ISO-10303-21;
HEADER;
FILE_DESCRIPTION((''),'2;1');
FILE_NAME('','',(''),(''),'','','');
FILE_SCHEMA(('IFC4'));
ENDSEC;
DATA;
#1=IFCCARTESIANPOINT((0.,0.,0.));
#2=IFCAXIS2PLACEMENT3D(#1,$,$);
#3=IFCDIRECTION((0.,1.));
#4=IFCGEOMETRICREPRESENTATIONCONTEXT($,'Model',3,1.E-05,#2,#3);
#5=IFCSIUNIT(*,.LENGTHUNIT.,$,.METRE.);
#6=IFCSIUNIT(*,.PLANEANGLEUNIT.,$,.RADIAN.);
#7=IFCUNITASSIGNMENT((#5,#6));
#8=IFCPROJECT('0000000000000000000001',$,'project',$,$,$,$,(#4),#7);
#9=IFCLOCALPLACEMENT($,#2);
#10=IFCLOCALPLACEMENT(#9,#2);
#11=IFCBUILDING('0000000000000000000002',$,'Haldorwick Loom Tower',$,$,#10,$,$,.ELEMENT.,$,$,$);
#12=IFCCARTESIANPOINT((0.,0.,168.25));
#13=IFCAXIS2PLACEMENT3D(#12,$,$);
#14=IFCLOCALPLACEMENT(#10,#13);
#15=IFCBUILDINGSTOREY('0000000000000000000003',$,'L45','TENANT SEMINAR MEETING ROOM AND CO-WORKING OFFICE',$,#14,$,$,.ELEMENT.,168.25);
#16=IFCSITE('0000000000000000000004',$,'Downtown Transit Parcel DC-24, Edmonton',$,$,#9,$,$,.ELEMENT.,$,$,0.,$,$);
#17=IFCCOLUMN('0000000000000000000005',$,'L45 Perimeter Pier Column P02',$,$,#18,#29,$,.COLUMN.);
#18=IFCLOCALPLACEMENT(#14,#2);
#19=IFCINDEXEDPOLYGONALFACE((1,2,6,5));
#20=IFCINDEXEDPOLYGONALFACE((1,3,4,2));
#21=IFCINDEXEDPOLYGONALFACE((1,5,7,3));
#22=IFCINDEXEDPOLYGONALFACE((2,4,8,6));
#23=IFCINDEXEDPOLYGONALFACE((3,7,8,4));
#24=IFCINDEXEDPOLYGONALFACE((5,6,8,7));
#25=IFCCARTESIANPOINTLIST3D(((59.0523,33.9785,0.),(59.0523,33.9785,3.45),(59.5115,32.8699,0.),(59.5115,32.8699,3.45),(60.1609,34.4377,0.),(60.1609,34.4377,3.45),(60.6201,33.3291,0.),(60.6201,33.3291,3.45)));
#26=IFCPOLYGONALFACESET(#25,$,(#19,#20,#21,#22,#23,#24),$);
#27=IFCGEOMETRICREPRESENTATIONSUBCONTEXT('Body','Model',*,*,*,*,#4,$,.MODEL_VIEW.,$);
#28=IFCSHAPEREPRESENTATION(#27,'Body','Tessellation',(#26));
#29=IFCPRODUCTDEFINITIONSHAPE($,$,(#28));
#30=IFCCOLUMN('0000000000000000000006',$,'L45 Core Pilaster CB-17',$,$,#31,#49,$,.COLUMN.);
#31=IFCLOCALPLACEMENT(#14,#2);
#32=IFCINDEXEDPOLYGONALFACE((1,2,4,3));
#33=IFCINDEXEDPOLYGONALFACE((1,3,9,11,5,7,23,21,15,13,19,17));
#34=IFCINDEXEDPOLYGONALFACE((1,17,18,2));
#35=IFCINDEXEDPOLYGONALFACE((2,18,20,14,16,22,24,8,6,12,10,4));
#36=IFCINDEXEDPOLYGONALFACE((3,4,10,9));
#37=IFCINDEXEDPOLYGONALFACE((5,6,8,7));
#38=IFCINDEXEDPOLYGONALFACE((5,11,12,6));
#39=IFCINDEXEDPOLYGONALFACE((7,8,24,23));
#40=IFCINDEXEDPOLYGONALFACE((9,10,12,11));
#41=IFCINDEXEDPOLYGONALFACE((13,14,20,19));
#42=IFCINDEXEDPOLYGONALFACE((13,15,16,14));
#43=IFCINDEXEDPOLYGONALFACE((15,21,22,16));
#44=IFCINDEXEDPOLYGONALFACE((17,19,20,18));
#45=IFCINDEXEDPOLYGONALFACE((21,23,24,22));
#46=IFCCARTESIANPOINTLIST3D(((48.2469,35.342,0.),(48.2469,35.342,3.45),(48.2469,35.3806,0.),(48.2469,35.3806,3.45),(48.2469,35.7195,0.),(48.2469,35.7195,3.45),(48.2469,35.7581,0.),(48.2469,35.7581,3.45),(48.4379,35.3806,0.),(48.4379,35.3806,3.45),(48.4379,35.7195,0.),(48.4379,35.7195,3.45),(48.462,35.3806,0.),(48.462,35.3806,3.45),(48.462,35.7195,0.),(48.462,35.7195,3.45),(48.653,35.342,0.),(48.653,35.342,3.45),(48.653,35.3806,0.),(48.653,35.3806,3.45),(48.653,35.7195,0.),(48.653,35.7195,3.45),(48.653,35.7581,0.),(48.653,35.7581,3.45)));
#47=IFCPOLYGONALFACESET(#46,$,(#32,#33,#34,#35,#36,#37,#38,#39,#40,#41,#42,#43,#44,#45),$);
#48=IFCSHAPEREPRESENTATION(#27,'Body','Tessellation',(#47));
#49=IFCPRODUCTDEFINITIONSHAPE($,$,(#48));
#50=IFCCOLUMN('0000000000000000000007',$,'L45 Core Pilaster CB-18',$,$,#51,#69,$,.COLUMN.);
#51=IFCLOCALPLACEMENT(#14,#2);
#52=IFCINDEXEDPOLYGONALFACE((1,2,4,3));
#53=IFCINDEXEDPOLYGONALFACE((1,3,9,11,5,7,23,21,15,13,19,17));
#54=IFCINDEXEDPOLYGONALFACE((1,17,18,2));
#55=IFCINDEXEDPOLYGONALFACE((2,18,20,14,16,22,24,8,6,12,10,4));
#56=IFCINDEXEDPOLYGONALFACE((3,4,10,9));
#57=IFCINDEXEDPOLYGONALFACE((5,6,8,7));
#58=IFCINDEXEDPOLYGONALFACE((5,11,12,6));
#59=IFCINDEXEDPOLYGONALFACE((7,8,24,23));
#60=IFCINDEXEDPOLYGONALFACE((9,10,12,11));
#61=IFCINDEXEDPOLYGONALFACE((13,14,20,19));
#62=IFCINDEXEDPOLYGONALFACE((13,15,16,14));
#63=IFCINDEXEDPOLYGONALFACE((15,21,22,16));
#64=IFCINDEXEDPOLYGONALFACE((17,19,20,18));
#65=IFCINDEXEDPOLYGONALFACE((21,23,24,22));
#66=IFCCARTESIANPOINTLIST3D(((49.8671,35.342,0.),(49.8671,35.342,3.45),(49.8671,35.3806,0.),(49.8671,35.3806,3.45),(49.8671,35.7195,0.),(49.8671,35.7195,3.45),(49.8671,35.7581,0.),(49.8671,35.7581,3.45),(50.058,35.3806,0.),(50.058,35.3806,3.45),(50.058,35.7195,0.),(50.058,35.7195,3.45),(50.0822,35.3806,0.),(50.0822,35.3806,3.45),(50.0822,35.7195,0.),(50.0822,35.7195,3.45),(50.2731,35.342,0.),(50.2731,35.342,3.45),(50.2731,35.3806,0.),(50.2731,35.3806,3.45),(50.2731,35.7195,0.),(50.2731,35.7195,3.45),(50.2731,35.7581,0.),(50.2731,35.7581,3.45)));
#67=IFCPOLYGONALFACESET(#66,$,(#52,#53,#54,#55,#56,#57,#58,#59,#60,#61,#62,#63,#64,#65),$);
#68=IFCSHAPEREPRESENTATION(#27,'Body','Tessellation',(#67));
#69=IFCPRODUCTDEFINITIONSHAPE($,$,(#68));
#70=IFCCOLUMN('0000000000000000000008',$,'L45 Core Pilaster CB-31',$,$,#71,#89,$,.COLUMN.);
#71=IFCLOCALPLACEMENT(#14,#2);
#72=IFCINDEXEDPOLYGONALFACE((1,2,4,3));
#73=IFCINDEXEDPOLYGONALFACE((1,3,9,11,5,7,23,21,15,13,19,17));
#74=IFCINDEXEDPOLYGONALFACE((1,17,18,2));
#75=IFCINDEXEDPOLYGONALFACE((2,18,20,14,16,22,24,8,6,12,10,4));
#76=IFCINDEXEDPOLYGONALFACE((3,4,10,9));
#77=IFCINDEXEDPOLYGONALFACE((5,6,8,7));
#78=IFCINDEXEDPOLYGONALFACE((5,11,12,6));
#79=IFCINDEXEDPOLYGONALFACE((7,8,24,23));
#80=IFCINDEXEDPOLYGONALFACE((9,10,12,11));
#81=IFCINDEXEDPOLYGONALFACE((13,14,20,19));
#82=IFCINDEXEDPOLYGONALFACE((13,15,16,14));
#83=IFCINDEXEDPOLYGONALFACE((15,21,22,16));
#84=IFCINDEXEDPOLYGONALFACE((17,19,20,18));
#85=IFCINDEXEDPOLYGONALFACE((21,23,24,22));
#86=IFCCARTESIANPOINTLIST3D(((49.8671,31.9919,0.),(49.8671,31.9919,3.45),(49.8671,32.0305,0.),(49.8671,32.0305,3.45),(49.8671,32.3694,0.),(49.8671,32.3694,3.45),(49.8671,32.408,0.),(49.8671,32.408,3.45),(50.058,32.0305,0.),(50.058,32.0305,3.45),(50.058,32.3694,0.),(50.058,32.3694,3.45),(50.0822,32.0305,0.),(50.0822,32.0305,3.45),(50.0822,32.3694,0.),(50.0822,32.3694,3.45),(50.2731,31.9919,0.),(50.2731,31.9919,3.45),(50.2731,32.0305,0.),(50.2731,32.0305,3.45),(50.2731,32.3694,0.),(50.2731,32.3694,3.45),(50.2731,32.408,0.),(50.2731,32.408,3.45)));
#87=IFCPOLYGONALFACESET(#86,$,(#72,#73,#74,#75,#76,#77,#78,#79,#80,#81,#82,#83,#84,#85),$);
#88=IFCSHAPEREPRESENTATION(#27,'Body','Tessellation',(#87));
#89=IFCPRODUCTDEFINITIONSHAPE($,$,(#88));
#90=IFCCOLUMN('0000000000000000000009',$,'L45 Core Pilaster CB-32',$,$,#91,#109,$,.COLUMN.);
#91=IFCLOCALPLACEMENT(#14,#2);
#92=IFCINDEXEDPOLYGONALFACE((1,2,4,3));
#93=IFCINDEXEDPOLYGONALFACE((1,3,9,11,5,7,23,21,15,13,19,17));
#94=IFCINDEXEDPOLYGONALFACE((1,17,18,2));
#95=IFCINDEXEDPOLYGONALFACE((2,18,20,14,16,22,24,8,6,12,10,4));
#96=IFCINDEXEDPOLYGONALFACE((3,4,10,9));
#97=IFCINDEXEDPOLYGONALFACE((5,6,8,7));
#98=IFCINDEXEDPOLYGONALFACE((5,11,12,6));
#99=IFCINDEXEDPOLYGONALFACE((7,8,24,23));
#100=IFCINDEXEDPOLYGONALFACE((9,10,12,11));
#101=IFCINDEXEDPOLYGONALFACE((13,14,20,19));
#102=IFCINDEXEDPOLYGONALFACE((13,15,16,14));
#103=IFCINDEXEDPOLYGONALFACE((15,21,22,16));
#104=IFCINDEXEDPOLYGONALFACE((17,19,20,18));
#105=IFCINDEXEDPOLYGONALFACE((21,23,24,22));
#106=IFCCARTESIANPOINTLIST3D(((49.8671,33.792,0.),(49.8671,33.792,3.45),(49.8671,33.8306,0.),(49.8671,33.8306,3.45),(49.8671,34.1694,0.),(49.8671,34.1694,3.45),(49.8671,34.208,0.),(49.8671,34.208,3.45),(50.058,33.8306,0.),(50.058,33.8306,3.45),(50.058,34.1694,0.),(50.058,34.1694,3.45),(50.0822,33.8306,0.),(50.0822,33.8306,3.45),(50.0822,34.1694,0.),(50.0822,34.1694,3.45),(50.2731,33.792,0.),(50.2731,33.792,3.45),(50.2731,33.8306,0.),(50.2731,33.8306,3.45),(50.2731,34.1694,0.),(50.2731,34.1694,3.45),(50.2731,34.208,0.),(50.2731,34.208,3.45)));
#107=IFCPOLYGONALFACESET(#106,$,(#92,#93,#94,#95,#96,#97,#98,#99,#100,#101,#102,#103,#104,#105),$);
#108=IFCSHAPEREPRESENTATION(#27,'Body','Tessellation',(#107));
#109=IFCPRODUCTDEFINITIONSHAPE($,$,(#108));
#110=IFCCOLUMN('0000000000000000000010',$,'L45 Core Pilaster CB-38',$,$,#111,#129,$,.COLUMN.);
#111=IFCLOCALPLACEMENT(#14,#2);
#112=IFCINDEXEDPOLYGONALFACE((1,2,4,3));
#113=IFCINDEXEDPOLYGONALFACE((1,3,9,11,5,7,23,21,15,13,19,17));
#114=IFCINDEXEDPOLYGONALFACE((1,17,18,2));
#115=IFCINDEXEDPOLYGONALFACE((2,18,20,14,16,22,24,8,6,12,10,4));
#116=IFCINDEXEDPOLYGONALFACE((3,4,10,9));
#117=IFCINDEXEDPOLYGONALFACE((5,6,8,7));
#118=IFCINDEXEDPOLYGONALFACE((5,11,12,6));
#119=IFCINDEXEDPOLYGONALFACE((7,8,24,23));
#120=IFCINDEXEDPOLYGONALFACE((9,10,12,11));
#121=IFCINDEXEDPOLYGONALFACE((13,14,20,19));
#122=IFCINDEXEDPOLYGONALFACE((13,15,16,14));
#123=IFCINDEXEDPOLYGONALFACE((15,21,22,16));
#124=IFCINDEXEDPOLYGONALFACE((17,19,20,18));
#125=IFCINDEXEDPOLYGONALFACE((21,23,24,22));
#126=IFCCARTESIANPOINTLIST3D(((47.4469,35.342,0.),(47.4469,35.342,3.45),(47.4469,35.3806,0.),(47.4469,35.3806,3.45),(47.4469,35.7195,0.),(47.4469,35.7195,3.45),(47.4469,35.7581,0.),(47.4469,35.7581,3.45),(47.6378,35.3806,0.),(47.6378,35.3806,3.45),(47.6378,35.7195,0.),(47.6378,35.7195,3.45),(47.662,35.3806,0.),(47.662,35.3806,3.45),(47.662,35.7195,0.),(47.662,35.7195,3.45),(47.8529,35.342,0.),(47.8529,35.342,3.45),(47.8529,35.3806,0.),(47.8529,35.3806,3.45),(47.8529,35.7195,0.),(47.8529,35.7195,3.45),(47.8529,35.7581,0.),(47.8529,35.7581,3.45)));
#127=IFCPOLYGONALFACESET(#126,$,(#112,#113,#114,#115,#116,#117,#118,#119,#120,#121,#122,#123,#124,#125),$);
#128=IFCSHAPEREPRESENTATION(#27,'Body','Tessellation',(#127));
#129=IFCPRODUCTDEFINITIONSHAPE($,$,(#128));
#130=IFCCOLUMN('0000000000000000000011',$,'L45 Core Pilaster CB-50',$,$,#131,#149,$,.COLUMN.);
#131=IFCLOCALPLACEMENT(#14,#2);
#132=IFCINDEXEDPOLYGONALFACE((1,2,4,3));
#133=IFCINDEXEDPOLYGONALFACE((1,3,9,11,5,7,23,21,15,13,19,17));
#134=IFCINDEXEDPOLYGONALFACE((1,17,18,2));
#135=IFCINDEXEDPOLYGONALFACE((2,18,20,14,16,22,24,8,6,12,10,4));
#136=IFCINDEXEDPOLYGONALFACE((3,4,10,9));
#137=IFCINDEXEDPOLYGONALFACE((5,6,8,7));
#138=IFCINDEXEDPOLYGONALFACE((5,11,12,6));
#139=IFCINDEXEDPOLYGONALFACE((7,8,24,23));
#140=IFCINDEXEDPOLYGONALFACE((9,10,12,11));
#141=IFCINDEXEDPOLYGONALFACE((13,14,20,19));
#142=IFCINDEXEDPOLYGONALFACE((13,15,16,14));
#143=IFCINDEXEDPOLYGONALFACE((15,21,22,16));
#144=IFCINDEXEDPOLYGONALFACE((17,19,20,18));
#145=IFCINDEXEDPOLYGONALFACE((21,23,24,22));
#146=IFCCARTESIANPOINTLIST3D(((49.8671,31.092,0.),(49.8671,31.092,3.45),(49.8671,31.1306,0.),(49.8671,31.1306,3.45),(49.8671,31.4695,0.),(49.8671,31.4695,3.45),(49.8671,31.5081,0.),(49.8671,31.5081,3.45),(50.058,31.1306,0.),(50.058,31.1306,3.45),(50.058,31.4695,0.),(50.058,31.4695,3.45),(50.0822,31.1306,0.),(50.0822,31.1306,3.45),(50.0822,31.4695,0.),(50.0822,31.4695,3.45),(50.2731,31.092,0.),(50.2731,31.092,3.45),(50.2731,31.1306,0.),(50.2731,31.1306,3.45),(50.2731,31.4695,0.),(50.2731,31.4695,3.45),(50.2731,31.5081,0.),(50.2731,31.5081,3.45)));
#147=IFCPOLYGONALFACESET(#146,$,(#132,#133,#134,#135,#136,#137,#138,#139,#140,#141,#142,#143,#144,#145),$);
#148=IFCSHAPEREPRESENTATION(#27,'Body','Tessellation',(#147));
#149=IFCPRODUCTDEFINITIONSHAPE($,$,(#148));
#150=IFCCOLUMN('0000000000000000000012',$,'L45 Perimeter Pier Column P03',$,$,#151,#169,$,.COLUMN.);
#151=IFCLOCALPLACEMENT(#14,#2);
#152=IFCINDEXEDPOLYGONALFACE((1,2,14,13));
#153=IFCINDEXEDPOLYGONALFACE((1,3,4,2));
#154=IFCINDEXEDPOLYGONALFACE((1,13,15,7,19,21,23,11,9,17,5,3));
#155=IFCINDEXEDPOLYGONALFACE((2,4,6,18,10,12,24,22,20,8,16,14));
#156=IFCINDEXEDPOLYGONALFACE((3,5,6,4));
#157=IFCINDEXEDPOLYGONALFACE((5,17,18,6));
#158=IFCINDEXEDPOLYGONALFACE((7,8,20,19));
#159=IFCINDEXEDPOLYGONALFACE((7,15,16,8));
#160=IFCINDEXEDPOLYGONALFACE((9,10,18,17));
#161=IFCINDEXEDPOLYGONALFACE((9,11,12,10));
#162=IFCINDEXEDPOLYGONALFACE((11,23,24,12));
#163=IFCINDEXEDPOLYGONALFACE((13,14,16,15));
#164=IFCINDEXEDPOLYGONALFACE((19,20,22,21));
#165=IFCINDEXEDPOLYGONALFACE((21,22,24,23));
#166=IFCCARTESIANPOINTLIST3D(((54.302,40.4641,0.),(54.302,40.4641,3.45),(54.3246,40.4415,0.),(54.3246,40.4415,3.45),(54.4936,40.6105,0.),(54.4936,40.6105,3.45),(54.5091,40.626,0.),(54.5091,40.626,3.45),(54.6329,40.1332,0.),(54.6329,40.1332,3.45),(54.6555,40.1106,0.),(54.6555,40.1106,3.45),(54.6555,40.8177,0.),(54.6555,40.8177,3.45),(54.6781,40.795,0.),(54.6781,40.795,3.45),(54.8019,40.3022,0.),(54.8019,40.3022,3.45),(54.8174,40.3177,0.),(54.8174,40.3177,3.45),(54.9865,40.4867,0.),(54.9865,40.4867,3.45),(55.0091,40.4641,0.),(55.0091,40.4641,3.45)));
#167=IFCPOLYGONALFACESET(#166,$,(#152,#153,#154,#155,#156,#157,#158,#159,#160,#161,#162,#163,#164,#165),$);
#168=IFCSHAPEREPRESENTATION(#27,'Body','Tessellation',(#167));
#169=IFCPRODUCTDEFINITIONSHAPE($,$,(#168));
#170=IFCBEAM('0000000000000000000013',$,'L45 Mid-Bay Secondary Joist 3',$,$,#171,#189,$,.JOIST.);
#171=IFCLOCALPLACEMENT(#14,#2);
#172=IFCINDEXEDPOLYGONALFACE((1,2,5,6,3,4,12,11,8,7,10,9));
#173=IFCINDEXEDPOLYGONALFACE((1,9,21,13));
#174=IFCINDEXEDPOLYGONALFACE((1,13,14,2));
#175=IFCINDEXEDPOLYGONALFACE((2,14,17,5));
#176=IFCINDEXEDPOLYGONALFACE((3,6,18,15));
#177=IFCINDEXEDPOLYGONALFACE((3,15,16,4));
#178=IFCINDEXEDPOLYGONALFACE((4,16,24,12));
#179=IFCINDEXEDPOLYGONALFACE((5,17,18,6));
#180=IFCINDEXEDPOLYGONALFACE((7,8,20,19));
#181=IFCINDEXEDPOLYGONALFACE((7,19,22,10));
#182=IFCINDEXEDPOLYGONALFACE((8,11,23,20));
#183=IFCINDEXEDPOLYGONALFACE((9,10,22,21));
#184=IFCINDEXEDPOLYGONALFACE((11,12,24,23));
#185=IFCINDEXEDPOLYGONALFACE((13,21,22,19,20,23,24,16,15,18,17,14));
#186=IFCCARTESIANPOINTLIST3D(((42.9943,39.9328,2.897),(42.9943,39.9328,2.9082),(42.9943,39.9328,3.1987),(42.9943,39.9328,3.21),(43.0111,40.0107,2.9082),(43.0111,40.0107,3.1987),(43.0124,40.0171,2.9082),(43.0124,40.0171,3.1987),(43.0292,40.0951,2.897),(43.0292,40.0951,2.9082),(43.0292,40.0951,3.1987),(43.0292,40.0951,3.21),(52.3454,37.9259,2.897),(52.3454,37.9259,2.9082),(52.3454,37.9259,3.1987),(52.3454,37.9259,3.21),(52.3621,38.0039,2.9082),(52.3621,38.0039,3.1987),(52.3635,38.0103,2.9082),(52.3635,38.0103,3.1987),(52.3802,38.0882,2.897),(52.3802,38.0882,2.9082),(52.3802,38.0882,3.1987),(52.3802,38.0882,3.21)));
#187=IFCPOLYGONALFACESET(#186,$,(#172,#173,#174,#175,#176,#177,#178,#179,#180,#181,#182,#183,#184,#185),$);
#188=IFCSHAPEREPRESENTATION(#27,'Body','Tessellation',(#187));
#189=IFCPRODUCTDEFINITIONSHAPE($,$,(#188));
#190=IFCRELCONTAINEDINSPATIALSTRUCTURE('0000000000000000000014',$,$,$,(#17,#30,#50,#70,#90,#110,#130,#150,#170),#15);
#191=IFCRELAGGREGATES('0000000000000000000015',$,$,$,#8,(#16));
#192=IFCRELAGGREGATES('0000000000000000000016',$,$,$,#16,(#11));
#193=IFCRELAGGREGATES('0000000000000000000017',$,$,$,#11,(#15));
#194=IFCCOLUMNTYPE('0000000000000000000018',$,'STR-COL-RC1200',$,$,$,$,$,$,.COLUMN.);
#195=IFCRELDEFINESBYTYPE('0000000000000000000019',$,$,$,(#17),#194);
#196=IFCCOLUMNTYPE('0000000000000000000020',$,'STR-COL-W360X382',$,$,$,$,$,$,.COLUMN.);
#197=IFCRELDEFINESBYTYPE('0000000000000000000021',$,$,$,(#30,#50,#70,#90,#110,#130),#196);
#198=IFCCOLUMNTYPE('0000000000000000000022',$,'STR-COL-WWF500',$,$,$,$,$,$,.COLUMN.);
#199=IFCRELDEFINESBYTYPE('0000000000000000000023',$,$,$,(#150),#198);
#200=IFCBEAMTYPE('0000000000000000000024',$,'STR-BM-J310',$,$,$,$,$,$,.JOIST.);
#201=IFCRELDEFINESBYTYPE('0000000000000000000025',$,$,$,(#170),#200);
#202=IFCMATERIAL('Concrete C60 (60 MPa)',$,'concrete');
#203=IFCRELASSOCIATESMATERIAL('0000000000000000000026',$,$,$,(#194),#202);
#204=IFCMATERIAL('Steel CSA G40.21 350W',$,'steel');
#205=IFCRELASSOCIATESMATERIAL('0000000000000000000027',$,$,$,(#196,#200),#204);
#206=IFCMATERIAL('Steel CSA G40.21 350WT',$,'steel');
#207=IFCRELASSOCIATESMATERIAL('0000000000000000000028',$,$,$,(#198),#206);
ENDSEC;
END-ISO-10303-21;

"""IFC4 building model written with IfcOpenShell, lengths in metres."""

from ifc_helpers import new_model, si_unit, direction, frame, origin, origin_2d, place, context, subcontext, project, spatial, rectangle, i_section, extrude, material, material_profile, profile_set, type_object, element, save


model = new_model("IFC4")

# Units and contexts
model_context = context("Model", 3, precision=1e-05, world=origin(), true_north=direction((0.0, 1.0)))
body_context = subcontext(model_context, "Body", "Model", "MODEL_VIEW")
ifc_project = project(units=[si_unit("LENGTHUNIT", "METRE"), si_unit("PLANEANGLEUNIT", "RADIAN")], contexts=[model_context])

# Site, building, storey
site_placement = place(None, origin())
site = spatial("IfcSite", under=ifc_project, at=site_placement, Name="Downtown Transit Parcel DC-24, Edmonton", CompositionType="ELEMENT", RefElevation=0.0)
building_placement = place(site_placement, origin())
building = spatial("IfcBuilding", under=site, at=building_placement, Name="Haldorwick Loom Tower", CompositionType="ELEMENT")
storey_placement = place(building_placement, frame((0.0, 0.0, 168.25)))
storey = spatial("IfcBuildingStorey", under=building, at=storey_placement, Name="L45", Description="TENANT SEMINAR MEETING ROOM AND CO-WORKING OFFICE", CompositionType="ELEMENT", Elevation=168.25)

# Columns
ifc_material_1 = material(Name="Concrete C60 (60 MPa)", Category="concrete")
ifc_material_profile_1 = material_profile(ifc_material_1, rectangle(XDim=1.2, YDim=1.2, at=origin_2d()), Name="RC1200X1200", Category="concrete")
ifc_profile_set_1 = profile_set([ifc_material_profile_1], Name="Concrete C60 (60 MPa)")
column_type_1 = type_object("IfcColumnType", Name="STR-COL-RC1200", PredefinedType="COLUMN", material=ifc_profile_set_1)
column_1_placement = place(storey_placement, frame((59.8362, 33.6538, 0.0), z_axis=(0.0, 0.0, 1.0), x_axis=(0.92388, 0.382683, 0.0)))
element("IfcColumn", 1, at=column_1_placement, inside=storey, type_object=column_type_1, Name="L45 Perimeter Pier Column P02", PredefinedType="COLUMN", context=body_context, shape_type="SweptSolid", body=[
    extrude(rectangle(XDim=1.2, YDim=1.2, at=origin_2d()), origin(), (0.0, 0.0, 1.0), 3.45),
])
ifc_material_2 = material(Name="Steel CSA G40.21 350W", Category="steel")
ifc_material_profile_2 = material_profile(ifc_material_2, i_section(OverallWidth=0.406, OverallDepth=0.416, WebThickness=0.0242, FlangeThickness=0.0386, at=origin_2d()), Name="W360X382", Category="steel")
ifc_profile_set_2 = profile_set([ifc_material_profile_2], Name="Steel CSA G40.21 350W")
column_type_2 = type_object("IfcColumnType", Name="STR-COL-W360X382", PredefinedType="COLUMN", material=ifc_profile_set_2)
for number, where, z_axis, x_axis, name in (
    (2, (48.45, 35.55, 0.0), (0.0, 0.0, 1.0), (1.0, 0.0, 0.0), "L45 Core Pilaster CB-17"),
    (3, (50.0701, 35.55, 0.0), (0.0, 0.0, 1.0), (1.0, 0.0, 0.0), "L45 Core Pilaster CB-18"),
    (4, (50.0701, 32.2, 0.0), (0.0, 0.0, 1.0), (1.0, 0.0, 0.0), "L45 Core Pilaster CB-31"),
    (5, (50.0701, 34.0, 0.0), (0.0, 0.0, 1.0), (1.0, 0.0, 0.0), "L45 Core Pilaster CB-32"),
    (6, (47.6499, 35.55, 0.0), (0.0, 0.0, 1.0), (1.0, 0.0, 0.0), "L45 Core Pilaster CB-38"),
    (7, (50.0701, 31.3, 0.0), (0.0, 0.0, 1.0), (1.0, 0.0, 0.0), "L45 Core Pilaster CB-50"),
):
    element("IfcColumn", number, at=place(storey_placement, frame(where, z_axis=z_axis, x_axis=x_axis)), inside=storey, type_object=column_type_2, Name=name, PredefinedType="COLUMN", context=body_context, shape_type="SweptSolid", body=[
        extrude(i_section(OverallWidth=0.406, OverallDepth=0.416, WebThickness=0.0242, FlangeThickness=0.0386, at=origin_2d()), origin(), (0.0, 0.0, 1.0), 3.45),
    ])
ifc_material_3 = material(Name="Steel CSA G40.21 350WT", Category="steel")
ifc_material_profile_3 = material_profile(ifc_material_3, i_section(OverallWidth=0.5, OverallDepth=0.5, WebThickness=0.022, FlangeThickness=0.032, at=origin_2d()), Name="WWF500X500", Category="steel")
ifc_profile_set_3 = profile_set([ifc_material_profile_3], Name="Steel CSA G40.21 350WT")
column_type_3 = type_object("IfcColumnType", Name="STR-COL-WWF500", PredefinedType="COLUMN", material=ifc_profile_set_3)
column_2_placement = place(storey_placement, frame((54.6555, 40.4641, 0.0), z_axis=(0.0, 0.0, 1.0), x_axis=(0.707107, 0.707107, 0.0)))
element("IfcColumn", 8, at=column_2_placement, inside=storey, type_object=column_type_3, Name="L45 Perimeter Pier Column P03", PredefinedType="COLUMN", context=body_context, shape_type="SweptSolid", body=[
    extrude(i_section(OverallWidth=0.5, OverallDepth=0.5, WebThickness=0.022, FlangeThickness=0.032, at=origin_2d()), origin(), (0.0, 0.0, 1.0), 3.45),
])

# Beam
ifc_material_profile_4 = material_profile(ifc_material_2, i_section(OverallWidth=0.166, OverallDepth=0.313, WebThickness=0.0066, FlangeThickness=0.0112, at=origin_2d()), Name="W310X45", Category="steel")
ifc_profile_set_4 = profile_set([ifc_material_profile_4], Name="Steel CSA G40.21 350W")
beam_type_1 = type_object("IfcBeamType", Name="STR-BM-J310", PredefinedType="JOIST", material=ifc_profile_set_4)
beam_1_placement = place(storey_placement, frame((52.3628, 38.0071, 3.0535), z_axis=(-0.977737, 0.209832, 0.0), x_axis=(-0.209832, -0.977737, 0.0)))
element("IfcBeam", 9, at=beam_1_placement, inside=storey, type_object=beam_type_1, Name="L45 Mid-Bay Secondary Joist 3", PredefinedType="JOIST", context=body_context, shape_type="SweptSolid", body=[
    extrude(i_section(OverallWidth=0.166, OverallDepth=0.313, WebThickness=0.0066, FlangeThickness=0.0112, at=origin_2d()), origin(), (0.0, 0.0, 1.0), 9.564),
])

save(model, "model.ifc")
